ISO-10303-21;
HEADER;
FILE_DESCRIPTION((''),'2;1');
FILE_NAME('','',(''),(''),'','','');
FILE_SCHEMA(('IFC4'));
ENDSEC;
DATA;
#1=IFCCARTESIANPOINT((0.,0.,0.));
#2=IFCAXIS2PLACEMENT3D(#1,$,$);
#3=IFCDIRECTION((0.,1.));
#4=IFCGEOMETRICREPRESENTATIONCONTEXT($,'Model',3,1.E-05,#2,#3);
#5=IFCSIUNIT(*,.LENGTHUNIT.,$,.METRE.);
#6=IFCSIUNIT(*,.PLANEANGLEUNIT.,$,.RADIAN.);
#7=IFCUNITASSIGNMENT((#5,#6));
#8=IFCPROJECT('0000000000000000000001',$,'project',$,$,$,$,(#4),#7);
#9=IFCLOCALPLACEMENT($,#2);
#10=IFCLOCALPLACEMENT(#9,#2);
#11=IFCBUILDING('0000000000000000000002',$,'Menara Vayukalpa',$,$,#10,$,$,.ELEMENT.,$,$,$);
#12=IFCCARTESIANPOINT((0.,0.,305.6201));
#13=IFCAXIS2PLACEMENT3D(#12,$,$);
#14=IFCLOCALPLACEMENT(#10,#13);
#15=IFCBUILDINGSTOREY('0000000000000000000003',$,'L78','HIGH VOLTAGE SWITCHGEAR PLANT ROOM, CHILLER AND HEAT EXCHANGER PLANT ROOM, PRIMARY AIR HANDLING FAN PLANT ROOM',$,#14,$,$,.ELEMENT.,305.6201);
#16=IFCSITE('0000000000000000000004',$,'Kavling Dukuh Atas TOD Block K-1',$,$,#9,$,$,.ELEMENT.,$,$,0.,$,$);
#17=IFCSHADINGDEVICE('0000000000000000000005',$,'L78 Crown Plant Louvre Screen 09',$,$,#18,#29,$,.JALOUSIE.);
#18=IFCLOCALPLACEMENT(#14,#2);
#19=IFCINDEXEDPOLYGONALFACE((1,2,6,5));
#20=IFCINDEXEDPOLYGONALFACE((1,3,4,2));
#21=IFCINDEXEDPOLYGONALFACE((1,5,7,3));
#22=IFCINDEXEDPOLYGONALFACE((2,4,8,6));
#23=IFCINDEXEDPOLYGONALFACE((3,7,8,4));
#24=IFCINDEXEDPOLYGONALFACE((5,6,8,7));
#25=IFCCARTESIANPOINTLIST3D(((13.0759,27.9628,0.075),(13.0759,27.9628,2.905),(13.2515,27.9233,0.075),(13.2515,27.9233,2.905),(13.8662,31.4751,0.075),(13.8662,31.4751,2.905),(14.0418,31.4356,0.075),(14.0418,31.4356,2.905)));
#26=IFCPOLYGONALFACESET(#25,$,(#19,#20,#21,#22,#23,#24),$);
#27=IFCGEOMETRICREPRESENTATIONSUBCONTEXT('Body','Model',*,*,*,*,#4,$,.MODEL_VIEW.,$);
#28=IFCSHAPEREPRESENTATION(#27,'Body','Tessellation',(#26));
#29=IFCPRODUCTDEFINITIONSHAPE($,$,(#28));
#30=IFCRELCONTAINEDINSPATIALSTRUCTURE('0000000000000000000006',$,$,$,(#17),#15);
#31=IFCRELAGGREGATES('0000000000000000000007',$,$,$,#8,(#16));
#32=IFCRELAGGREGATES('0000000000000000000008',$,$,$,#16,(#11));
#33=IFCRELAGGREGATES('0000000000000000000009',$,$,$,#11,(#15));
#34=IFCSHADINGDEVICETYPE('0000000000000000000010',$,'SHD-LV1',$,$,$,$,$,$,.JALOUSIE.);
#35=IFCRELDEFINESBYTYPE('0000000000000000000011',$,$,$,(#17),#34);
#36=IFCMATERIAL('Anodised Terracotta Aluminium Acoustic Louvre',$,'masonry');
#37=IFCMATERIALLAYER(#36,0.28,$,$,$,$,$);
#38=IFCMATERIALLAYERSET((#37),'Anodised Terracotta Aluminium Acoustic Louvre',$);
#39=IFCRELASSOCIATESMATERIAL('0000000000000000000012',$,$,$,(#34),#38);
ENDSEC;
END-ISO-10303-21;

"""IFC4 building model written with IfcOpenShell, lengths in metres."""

from ifc_helpers import new_model, si_unit, direction, frame, origin, origin_2d, place, context, subcontext, project, spatial, rectangle, extrude, material, layer, layer_set, type_object, element, save


model = new_model("IFC4")

# Units and contexts
model_context = context("Model", 3, precision=1e-05, world=origin(), true_north=direction((0.0, 1.0)))
body_context = subcontext(model_context, "Body", "Model", "MODEL_VIEW")
ifc_project = project(units=[si_unit("LENGTHUNIT", "METRE"), si_unit("PLANEANGLEUNIT", "RADIAN")], contexts=[model_context])

# Site, building, storey
site_placement = place(None, origin())
site = spatial("IfcSite", under=ifc_project, at=site_placement, Name="Kavling Dukuh Atas TOD Block K-1", CompositionType="ELEMENT", RefElevation=0.0)
building_placement = place(site_placement, origin())
building = spatial("IfcBuilding", under=site, at=building_placement, Name="Menara Vayukalpa", CompositionType="ELEMENT")
storey_placement = place(building_placement, frame((0.0, 0.0, 305.6201)))
storey = spatial("IfcBuildingStorey", under=building, at=storey_placement, Name="L78", Description="HIGH VOLTAGE SWITCHGEAR PLANT ROOM, CHILLER AND HEAT EXCHANGER PLANT ROOM, PRIMARY AIR HANDLING FAN PLANT ROOM", CompositionType="ELEMENT", Elevation=305.6201)

# Shading device
ifc_material_1 = material(Name="Anodised Terracotta Aluminium Acoustic Louvre", Category="masonry")
ifc_layer_1 = layer(ifc_material_1, 0.28)
ifc_layer_set_1 = layer_set([ifc_layer_1], Name="Anodised Terracotta Aluminium Acoustic Louvre")
shading_device_type = type_object("IfcShadingDeviceType", Name="SHD-LV1", PredefinedType="JALOUSIE", material=ifc_layer_set_1)
shading_device_placement = place(storey_placement, frame((13.5588, 29.6992, 0.075), z_axis=(0.0, 0.0, 1.0), x_axis=(-0.219523, -0.975607, 0.0)))
element("IfcShadingDevice", 1, at=shading_device_placement, inside=storey, type_object=shading_device_type, Name="L78 Crown Plant Louvre Screen 09", PredefinedType="JALOUSIE", context=body_context, shape_type="SweptSolid", body=[
    extrude(rectangle(XDim=3.6001, YDim=0.1799, at=origin_2d()), origin(), (0.0, 0.0, 1.0), 2.8301),
])

save(model, "model.ifc")
